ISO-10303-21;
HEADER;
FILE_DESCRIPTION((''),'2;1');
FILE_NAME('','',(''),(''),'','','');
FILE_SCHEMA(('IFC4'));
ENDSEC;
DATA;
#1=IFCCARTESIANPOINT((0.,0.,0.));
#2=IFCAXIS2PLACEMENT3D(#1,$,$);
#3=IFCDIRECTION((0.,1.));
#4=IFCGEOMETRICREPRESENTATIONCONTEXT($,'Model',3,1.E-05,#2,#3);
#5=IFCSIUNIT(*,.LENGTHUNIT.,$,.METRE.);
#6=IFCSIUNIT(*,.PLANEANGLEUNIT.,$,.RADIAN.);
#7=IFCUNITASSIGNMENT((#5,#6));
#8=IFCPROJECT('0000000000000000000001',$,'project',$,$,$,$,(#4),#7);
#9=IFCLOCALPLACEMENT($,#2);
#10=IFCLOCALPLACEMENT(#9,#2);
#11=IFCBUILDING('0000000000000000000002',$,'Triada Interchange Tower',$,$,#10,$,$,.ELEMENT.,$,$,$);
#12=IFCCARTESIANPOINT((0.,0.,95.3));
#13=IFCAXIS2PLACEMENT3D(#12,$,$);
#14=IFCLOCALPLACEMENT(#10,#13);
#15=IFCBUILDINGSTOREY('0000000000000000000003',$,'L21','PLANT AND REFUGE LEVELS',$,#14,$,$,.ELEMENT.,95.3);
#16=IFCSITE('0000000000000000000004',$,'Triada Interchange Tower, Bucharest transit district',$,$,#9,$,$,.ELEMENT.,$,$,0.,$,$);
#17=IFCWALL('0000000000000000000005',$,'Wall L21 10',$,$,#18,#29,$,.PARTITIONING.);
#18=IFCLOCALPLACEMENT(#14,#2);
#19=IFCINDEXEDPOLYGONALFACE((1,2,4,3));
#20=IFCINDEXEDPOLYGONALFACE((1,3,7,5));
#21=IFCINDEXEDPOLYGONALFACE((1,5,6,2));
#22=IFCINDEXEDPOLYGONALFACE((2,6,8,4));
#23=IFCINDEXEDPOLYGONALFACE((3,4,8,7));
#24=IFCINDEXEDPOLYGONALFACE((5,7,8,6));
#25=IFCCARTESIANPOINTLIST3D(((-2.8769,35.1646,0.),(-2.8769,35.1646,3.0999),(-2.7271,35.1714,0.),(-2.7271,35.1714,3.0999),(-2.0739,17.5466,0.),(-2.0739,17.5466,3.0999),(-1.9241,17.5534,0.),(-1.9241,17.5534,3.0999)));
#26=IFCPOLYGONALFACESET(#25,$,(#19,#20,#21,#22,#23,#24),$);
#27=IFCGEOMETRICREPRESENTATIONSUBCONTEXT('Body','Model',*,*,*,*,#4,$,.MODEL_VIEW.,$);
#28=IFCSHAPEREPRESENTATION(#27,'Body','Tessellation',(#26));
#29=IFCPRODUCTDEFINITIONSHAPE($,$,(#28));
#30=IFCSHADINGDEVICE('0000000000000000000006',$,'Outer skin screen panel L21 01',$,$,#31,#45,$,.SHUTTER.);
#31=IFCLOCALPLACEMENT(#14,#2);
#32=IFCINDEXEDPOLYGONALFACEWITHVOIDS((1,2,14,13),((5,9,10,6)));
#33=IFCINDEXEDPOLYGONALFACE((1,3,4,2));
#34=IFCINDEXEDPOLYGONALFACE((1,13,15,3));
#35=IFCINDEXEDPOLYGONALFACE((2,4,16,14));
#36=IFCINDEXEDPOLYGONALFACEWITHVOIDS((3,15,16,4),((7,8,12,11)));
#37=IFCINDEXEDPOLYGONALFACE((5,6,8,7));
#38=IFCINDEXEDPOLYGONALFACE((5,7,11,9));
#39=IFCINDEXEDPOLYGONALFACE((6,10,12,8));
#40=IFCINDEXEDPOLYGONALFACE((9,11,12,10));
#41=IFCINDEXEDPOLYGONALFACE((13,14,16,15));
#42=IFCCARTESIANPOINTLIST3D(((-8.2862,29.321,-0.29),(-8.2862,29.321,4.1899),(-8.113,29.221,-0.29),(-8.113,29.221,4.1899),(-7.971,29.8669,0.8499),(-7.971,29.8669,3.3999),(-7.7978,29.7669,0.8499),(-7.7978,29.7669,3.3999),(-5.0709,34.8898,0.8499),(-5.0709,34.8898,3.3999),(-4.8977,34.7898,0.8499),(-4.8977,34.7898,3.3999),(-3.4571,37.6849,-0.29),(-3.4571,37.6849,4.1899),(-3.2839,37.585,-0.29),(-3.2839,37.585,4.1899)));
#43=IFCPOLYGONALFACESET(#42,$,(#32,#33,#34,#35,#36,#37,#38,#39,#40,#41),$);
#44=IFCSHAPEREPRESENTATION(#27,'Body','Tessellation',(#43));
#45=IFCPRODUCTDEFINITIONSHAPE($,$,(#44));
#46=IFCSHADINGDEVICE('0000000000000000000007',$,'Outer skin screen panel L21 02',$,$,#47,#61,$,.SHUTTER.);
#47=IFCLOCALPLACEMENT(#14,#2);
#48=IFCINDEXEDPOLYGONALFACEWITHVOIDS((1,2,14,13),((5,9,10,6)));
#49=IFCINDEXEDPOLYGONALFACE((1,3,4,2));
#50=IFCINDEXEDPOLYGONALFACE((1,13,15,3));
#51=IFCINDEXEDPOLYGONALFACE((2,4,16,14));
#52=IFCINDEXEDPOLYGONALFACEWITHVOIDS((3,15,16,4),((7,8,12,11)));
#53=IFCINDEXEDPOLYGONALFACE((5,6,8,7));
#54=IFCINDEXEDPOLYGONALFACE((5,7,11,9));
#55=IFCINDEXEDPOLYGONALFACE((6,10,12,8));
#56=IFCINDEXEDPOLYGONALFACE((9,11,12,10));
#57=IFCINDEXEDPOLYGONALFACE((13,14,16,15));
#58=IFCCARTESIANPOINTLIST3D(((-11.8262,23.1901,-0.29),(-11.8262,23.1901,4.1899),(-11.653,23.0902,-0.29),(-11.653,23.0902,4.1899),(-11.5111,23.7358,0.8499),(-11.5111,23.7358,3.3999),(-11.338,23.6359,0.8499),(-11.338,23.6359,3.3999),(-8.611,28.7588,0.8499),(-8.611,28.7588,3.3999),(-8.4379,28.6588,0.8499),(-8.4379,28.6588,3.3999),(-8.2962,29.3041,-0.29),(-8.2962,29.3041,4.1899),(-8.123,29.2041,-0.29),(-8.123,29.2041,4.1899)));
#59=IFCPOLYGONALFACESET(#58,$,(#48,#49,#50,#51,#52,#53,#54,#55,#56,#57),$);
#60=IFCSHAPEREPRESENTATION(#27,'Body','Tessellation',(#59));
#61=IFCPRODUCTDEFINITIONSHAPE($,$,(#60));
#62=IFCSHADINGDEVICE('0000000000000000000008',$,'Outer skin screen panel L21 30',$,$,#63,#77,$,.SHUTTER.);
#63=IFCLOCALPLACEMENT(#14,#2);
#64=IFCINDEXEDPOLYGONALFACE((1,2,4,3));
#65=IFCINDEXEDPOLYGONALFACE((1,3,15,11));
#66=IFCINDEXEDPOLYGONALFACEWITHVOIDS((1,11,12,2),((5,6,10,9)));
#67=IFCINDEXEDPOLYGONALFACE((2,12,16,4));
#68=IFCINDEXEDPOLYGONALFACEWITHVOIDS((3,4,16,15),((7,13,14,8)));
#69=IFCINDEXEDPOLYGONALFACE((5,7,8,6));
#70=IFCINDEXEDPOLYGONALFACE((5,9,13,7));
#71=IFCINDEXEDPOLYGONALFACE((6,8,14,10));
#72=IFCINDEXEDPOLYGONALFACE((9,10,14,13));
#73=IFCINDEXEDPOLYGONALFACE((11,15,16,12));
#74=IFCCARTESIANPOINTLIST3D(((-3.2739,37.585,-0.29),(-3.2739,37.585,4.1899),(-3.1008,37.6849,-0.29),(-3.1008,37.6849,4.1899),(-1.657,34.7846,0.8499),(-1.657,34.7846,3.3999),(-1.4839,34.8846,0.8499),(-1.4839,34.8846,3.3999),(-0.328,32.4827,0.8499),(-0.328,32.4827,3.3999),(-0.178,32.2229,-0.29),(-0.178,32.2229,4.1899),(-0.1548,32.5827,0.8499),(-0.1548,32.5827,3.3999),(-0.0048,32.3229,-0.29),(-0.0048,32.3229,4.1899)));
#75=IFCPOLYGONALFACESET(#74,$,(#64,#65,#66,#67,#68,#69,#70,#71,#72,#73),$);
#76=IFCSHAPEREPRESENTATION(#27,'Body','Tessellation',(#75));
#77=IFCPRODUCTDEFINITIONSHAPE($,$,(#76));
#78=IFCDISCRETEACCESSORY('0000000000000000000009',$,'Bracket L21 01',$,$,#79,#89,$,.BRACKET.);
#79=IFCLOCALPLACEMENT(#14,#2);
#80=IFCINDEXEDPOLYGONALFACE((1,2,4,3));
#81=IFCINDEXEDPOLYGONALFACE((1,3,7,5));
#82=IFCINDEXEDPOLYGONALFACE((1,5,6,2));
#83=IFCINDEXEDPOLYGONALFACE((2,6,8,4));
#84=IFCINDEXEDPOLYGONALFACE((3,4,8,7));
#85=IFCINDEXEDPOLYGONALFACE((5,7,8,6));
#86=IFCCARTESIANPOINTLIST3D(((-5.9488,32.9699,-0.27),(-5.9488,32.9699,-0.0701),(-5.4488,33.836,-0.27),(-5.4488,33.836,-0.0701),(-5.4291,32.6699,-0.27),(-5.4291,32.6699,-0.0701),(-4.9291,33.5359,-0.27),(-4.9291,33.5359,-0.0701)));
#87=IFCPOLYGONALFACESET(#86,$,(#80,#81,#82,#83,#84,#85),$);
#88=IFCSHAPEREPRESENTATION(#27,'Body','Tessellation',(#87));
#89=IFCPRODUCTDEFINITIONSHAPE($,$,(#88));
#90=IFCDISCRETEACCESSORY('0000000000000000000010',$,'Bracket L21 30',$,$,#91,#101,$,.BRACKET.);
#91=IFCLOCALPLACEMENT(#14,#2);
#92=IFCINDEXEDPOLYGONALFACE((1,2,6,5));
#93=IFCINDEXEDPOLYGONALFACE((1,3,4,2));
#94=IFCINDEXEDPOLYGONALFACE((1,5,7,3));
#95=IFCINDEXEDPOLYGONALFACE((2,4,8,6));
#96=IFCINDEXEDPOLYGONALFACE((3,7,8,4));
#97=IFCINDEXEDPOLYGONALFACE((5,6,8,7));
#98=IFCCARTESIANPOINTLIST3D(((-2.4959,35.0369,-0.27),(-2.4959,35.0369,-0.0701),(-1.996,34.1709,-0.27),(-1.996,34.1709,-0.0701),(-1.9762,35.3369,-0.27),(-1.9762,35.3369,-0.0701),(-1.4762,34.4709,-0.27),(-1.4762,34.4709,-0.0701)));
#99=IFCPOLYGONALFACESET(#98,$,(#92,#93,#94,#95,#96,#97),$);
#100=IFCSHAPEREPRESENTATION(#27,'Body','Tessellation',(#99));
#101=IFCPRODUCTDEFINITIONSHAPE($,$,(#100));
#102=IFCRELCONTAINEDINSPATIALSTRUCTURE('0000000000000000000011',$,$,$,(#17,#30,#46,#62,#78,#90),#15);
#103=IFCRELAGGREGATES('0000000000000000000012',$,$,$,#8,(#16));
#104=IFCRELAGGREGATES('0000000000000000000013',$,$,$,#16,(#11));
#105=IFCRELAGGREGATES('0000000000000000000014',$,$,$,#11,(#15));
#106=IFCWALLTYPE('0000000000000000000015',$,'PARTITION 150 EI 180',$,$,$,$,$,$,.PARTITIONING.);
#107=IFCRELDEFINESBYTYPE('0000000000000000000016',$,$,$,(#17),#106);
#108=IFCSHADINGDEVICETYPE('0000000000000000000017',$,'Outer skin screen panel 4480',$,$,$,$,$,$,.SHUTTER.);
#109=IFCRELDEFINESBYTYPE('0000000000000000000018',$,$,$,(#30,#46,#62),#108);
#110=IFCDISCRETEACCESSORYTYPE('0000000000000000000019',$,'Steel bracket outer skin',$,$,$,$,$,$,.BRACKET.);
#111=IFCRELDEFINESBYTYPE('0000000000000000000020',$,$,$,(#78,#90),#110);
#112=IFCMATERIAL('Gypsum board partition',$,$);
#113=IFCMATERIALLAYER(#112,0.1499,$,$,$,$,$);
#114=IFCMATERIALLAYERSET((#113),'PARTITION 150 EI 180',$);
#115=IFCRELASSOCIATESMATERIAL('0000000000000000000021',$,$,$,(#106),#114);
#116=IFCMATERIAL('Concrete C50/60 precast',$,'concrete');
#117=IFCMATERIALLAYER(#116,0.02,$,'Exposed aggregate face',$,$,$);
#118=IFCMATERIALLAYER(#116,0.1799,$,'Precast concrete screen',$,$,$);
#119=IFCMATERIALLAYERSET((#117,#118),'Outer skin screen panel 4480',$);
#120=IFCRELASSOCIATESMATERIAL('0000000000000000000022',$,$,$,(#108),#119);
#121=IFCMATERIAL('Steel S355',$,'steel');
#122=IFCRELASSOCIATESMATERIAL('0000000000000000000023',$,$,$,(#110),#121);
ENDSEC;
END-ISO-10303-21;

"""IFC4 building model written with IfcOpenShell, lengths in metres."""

from ifc_helpers import new_model, si_unit, direction, frame, frame_2d, origin, origin_2d, place, context, subcontext, project, spatial, polyline, rectangle, outline, extrude, material, layer, layer_set, type_object, element, save


model = new_model("IFC4")

# Units and contexts
model_context = context("Model", 3, precision=1e-05, world=origin(), true_north=direction((0.0, 1.0)))
body_context = subcontext(model_context, "Body", "Model", "MODEL_VIEW")
ifc_project = project(units=[si_unit("LENGTHUNIT", "METRE"), si_unit("PLANEANGLEUNIT", "RADIAN")], contexts=[model_context])

# Site, building, storey
site_placement = place(None, origin())
site = spatial("IfcSite", under=ifc_project, at=site_placement, Name="Triada Interchange Tower, Bucharest transit district", CompositionType="ELEMENT", RefElevation=0.0)
building_placement = place(site_placement, origin())
building = spatial("IfcBuilding", under=site, at=building_placement, Name="Triada Interchange Tower", CompositionType="ELEMENT")
storey_placement = place(building_placement, frame((0.0, 0.0, 95.3)))
storey = spatial("IfcBuildingStorey", under=building, at=storey_placement, Name="L21", Description="PLANT AND REFUGE LEVELS", CompositionType="ELEMENT", Elevation=95.3)

# Shared definitions
ifc_material_1 = material(Name="Steel S355", Category="steel")

# Wall
ifc_material_2 = material(Name="Gypsum board partition")
ifc_layer_1 = layer(ifc_material_2, 0.1499)
ifc_layer_set_1 = layer_set([ifc_layer_1], Name="PARTITION 150 EI 180")
wall_type_1 = type_object("IfcWallType", Name="PARTITION 150 EI 180", PredefinedType="PARTITIONING", material=ifc_layer_set_1)
wall_1_placement = place(storey_placement, frame((-2.802, 35.168, 0.0), z_axis=(0.0, 0.0, 1.0), x_axis=(0.04553, -0.998963, 0.0)))
element("IfcWall", 1, at=wall_1_placement, inside=storey, type_object=wall_type_1, Name="Wall L21 10", PredefinedType="PARTITIONING", context=body_context, shape_type="SweptSolid", body=[
    extrude(rectangle(XDim=17.6362, YDim=0.1499, at=frame_2d((8.8181, 0.0))), origin(), (0.0, 0.0, 1.0), 3.0999),
])

# Shading devices
ifc_material_3 = material(Name="Concrete C50/60 precast", Category="concrete")
ifc_layer_2 = layer(ifc_material_3, 0.02, Name="Exposed aggregate face")
ifc_layer_3 = layer(ifc_material_3, 0.1799, Name="Precast concrete screen")
ifc_layer_set_2 = layer_set([ifc_layer_2, ifc_layer_3], Name="Outer skin screen panel 4480")
shading_device_type = type_object("IfcShadingDeviceType", Name="Outer skin screen panel 4480", PredefinedType="SHUTTER", material=ifc_layer_set_2)
shading_device_1_placement = place(storey_placement, frame((-3.2839, 37.585, -0.29), z_axis=(0.0, 0.0, 1.0), x_axis=(-0.500011, -0.866019, 0.0)))
element("IfcShadingDevice", 2, at=shading_device_1_placement, inside=storey, type_object=shading_device_type, Name="Outer skin screen panel L21 01", PredefinedType="SHUTTER", context=body_context, shape_type="SweptSolid", body=[
    extrude(outline(polyline([(0.0, 0.0), (9.658, 0.0), (9.658, 4.48), (0.0, 4.48), (0.0, 0.0)]), holes=[polyline([(3.2275, 1.1399), (3.2275, 3.6899), (9.0276, 3.6899), (9.0276, 1.1399), (3.2275, 1.1399)])]), frame((0.0, 0.0, 0.0), z_axis=(0.0, -1.0, 0.0), x_axis=(1.0, 0.0, 0.0)), (0.0, 0.0, 1.0), 0.2),
])
shading_device_2_placement = place(storey_placement, frame((-8.123, 29.2041, -0.29), z_axis=(0.0, 0.0, 1.0), x_axis=(-0.500011, -0.866019, 0.0)))
element("IfcShadingDevice", 3, at=shading_device_2_placement, inside=storey, type_object=shading_device_type, Name="Outer skin screen panel L21 02", PredefinedType="SHUTTER", context=body_context, shape_type="SweptSolid", body=[
    extrude(outline(polyline([(0.0, 0.0), (7.0598, 0.0), (7.0598, 4.48), (0.0, 4.48), (0.0, 0.0)]), holes=[polyline([(0.6296, 1.1399), (0.6296, 3.6899), (6.4297, 3.6899), (6.4297, 1.1399), (0.6296, 1.1399)])]), frame((0.0, 0.0, 0.0), z_axis=(0.0, -1.0, 0.0), x_axis=(1.0, 0.0, 0.0)), (0.0, 0.0, 1.0), 0.2),
])
shading_device_3_placement = place(storey_placement, frame((-0.178, 32.2229, -0.29), z_axis=(0.0, 0.0, 1.0), x_axis=(-0.500019, 0.866014, 0.0)))
element("IfcShadingDevice", 4, at=shading_device_3_placement, inside=storey, type_object=shading_device_type, Name="Outer skin screen panel L21 30", PredefinedType="SHUTTER", context=body_context, shape_type="SweptSolid", body=[
    extrude(outline(polyline([(0.0, 0.0), (6.1917, 0.0), (6.1917, 4.48), (0.0, 4.48), (0.0, 0.0)]), holes=[polyline([(0.3, 1.1399), (0.3, 3.6899), (2.958, 3.6899), (2.958, 1.1399), (0.3, 1.1399)])]), frame((0.0, 0.0, 0.0), z_axis=(0.0, -1.0, 0.0), x_axis=(1.0, 0.0, 0.0)), (0.0, 0.0, 1.0), 0.2),
])

# Discrete accessories
discrete_accessory_type = type_object("IfcDiscreteAccessoryType", Name="Steel bracket outer skin", PredefinedType="BRACKET", material=ifc_material_1)
for number, where, z_axis, x_axis, name in (
    (5, (-5.439, 33.2529, -0.27), (0.0, 0.0, 1.0), (-0.866021, 0.500007, 0.0), "Bracket L21 01"),
    (6, (-1.9861, 34.7539, -0.27), (0.0, 0.0, 1.0), (0.866048, 0.49996, 0.0), "Bracket L21 30"),
):
    element("IfcDiscreteAccessory", number, at=place(storey_placement, frame(where, z_axis=z_axis, x_axis=x_axis)), inside=storey, type_object=discrete_accessory_type, Name=name, PredefinedType="BRACKET", context=body_context, shape_type="SweptSolid", body=[
        extrude(rectangle(XDim=0.6001, YDim=1.0, at=origin_2d()), origin(), (0.0, 0.0, 1.0), 0.2),
    ])

save(model, "model.ifc")
